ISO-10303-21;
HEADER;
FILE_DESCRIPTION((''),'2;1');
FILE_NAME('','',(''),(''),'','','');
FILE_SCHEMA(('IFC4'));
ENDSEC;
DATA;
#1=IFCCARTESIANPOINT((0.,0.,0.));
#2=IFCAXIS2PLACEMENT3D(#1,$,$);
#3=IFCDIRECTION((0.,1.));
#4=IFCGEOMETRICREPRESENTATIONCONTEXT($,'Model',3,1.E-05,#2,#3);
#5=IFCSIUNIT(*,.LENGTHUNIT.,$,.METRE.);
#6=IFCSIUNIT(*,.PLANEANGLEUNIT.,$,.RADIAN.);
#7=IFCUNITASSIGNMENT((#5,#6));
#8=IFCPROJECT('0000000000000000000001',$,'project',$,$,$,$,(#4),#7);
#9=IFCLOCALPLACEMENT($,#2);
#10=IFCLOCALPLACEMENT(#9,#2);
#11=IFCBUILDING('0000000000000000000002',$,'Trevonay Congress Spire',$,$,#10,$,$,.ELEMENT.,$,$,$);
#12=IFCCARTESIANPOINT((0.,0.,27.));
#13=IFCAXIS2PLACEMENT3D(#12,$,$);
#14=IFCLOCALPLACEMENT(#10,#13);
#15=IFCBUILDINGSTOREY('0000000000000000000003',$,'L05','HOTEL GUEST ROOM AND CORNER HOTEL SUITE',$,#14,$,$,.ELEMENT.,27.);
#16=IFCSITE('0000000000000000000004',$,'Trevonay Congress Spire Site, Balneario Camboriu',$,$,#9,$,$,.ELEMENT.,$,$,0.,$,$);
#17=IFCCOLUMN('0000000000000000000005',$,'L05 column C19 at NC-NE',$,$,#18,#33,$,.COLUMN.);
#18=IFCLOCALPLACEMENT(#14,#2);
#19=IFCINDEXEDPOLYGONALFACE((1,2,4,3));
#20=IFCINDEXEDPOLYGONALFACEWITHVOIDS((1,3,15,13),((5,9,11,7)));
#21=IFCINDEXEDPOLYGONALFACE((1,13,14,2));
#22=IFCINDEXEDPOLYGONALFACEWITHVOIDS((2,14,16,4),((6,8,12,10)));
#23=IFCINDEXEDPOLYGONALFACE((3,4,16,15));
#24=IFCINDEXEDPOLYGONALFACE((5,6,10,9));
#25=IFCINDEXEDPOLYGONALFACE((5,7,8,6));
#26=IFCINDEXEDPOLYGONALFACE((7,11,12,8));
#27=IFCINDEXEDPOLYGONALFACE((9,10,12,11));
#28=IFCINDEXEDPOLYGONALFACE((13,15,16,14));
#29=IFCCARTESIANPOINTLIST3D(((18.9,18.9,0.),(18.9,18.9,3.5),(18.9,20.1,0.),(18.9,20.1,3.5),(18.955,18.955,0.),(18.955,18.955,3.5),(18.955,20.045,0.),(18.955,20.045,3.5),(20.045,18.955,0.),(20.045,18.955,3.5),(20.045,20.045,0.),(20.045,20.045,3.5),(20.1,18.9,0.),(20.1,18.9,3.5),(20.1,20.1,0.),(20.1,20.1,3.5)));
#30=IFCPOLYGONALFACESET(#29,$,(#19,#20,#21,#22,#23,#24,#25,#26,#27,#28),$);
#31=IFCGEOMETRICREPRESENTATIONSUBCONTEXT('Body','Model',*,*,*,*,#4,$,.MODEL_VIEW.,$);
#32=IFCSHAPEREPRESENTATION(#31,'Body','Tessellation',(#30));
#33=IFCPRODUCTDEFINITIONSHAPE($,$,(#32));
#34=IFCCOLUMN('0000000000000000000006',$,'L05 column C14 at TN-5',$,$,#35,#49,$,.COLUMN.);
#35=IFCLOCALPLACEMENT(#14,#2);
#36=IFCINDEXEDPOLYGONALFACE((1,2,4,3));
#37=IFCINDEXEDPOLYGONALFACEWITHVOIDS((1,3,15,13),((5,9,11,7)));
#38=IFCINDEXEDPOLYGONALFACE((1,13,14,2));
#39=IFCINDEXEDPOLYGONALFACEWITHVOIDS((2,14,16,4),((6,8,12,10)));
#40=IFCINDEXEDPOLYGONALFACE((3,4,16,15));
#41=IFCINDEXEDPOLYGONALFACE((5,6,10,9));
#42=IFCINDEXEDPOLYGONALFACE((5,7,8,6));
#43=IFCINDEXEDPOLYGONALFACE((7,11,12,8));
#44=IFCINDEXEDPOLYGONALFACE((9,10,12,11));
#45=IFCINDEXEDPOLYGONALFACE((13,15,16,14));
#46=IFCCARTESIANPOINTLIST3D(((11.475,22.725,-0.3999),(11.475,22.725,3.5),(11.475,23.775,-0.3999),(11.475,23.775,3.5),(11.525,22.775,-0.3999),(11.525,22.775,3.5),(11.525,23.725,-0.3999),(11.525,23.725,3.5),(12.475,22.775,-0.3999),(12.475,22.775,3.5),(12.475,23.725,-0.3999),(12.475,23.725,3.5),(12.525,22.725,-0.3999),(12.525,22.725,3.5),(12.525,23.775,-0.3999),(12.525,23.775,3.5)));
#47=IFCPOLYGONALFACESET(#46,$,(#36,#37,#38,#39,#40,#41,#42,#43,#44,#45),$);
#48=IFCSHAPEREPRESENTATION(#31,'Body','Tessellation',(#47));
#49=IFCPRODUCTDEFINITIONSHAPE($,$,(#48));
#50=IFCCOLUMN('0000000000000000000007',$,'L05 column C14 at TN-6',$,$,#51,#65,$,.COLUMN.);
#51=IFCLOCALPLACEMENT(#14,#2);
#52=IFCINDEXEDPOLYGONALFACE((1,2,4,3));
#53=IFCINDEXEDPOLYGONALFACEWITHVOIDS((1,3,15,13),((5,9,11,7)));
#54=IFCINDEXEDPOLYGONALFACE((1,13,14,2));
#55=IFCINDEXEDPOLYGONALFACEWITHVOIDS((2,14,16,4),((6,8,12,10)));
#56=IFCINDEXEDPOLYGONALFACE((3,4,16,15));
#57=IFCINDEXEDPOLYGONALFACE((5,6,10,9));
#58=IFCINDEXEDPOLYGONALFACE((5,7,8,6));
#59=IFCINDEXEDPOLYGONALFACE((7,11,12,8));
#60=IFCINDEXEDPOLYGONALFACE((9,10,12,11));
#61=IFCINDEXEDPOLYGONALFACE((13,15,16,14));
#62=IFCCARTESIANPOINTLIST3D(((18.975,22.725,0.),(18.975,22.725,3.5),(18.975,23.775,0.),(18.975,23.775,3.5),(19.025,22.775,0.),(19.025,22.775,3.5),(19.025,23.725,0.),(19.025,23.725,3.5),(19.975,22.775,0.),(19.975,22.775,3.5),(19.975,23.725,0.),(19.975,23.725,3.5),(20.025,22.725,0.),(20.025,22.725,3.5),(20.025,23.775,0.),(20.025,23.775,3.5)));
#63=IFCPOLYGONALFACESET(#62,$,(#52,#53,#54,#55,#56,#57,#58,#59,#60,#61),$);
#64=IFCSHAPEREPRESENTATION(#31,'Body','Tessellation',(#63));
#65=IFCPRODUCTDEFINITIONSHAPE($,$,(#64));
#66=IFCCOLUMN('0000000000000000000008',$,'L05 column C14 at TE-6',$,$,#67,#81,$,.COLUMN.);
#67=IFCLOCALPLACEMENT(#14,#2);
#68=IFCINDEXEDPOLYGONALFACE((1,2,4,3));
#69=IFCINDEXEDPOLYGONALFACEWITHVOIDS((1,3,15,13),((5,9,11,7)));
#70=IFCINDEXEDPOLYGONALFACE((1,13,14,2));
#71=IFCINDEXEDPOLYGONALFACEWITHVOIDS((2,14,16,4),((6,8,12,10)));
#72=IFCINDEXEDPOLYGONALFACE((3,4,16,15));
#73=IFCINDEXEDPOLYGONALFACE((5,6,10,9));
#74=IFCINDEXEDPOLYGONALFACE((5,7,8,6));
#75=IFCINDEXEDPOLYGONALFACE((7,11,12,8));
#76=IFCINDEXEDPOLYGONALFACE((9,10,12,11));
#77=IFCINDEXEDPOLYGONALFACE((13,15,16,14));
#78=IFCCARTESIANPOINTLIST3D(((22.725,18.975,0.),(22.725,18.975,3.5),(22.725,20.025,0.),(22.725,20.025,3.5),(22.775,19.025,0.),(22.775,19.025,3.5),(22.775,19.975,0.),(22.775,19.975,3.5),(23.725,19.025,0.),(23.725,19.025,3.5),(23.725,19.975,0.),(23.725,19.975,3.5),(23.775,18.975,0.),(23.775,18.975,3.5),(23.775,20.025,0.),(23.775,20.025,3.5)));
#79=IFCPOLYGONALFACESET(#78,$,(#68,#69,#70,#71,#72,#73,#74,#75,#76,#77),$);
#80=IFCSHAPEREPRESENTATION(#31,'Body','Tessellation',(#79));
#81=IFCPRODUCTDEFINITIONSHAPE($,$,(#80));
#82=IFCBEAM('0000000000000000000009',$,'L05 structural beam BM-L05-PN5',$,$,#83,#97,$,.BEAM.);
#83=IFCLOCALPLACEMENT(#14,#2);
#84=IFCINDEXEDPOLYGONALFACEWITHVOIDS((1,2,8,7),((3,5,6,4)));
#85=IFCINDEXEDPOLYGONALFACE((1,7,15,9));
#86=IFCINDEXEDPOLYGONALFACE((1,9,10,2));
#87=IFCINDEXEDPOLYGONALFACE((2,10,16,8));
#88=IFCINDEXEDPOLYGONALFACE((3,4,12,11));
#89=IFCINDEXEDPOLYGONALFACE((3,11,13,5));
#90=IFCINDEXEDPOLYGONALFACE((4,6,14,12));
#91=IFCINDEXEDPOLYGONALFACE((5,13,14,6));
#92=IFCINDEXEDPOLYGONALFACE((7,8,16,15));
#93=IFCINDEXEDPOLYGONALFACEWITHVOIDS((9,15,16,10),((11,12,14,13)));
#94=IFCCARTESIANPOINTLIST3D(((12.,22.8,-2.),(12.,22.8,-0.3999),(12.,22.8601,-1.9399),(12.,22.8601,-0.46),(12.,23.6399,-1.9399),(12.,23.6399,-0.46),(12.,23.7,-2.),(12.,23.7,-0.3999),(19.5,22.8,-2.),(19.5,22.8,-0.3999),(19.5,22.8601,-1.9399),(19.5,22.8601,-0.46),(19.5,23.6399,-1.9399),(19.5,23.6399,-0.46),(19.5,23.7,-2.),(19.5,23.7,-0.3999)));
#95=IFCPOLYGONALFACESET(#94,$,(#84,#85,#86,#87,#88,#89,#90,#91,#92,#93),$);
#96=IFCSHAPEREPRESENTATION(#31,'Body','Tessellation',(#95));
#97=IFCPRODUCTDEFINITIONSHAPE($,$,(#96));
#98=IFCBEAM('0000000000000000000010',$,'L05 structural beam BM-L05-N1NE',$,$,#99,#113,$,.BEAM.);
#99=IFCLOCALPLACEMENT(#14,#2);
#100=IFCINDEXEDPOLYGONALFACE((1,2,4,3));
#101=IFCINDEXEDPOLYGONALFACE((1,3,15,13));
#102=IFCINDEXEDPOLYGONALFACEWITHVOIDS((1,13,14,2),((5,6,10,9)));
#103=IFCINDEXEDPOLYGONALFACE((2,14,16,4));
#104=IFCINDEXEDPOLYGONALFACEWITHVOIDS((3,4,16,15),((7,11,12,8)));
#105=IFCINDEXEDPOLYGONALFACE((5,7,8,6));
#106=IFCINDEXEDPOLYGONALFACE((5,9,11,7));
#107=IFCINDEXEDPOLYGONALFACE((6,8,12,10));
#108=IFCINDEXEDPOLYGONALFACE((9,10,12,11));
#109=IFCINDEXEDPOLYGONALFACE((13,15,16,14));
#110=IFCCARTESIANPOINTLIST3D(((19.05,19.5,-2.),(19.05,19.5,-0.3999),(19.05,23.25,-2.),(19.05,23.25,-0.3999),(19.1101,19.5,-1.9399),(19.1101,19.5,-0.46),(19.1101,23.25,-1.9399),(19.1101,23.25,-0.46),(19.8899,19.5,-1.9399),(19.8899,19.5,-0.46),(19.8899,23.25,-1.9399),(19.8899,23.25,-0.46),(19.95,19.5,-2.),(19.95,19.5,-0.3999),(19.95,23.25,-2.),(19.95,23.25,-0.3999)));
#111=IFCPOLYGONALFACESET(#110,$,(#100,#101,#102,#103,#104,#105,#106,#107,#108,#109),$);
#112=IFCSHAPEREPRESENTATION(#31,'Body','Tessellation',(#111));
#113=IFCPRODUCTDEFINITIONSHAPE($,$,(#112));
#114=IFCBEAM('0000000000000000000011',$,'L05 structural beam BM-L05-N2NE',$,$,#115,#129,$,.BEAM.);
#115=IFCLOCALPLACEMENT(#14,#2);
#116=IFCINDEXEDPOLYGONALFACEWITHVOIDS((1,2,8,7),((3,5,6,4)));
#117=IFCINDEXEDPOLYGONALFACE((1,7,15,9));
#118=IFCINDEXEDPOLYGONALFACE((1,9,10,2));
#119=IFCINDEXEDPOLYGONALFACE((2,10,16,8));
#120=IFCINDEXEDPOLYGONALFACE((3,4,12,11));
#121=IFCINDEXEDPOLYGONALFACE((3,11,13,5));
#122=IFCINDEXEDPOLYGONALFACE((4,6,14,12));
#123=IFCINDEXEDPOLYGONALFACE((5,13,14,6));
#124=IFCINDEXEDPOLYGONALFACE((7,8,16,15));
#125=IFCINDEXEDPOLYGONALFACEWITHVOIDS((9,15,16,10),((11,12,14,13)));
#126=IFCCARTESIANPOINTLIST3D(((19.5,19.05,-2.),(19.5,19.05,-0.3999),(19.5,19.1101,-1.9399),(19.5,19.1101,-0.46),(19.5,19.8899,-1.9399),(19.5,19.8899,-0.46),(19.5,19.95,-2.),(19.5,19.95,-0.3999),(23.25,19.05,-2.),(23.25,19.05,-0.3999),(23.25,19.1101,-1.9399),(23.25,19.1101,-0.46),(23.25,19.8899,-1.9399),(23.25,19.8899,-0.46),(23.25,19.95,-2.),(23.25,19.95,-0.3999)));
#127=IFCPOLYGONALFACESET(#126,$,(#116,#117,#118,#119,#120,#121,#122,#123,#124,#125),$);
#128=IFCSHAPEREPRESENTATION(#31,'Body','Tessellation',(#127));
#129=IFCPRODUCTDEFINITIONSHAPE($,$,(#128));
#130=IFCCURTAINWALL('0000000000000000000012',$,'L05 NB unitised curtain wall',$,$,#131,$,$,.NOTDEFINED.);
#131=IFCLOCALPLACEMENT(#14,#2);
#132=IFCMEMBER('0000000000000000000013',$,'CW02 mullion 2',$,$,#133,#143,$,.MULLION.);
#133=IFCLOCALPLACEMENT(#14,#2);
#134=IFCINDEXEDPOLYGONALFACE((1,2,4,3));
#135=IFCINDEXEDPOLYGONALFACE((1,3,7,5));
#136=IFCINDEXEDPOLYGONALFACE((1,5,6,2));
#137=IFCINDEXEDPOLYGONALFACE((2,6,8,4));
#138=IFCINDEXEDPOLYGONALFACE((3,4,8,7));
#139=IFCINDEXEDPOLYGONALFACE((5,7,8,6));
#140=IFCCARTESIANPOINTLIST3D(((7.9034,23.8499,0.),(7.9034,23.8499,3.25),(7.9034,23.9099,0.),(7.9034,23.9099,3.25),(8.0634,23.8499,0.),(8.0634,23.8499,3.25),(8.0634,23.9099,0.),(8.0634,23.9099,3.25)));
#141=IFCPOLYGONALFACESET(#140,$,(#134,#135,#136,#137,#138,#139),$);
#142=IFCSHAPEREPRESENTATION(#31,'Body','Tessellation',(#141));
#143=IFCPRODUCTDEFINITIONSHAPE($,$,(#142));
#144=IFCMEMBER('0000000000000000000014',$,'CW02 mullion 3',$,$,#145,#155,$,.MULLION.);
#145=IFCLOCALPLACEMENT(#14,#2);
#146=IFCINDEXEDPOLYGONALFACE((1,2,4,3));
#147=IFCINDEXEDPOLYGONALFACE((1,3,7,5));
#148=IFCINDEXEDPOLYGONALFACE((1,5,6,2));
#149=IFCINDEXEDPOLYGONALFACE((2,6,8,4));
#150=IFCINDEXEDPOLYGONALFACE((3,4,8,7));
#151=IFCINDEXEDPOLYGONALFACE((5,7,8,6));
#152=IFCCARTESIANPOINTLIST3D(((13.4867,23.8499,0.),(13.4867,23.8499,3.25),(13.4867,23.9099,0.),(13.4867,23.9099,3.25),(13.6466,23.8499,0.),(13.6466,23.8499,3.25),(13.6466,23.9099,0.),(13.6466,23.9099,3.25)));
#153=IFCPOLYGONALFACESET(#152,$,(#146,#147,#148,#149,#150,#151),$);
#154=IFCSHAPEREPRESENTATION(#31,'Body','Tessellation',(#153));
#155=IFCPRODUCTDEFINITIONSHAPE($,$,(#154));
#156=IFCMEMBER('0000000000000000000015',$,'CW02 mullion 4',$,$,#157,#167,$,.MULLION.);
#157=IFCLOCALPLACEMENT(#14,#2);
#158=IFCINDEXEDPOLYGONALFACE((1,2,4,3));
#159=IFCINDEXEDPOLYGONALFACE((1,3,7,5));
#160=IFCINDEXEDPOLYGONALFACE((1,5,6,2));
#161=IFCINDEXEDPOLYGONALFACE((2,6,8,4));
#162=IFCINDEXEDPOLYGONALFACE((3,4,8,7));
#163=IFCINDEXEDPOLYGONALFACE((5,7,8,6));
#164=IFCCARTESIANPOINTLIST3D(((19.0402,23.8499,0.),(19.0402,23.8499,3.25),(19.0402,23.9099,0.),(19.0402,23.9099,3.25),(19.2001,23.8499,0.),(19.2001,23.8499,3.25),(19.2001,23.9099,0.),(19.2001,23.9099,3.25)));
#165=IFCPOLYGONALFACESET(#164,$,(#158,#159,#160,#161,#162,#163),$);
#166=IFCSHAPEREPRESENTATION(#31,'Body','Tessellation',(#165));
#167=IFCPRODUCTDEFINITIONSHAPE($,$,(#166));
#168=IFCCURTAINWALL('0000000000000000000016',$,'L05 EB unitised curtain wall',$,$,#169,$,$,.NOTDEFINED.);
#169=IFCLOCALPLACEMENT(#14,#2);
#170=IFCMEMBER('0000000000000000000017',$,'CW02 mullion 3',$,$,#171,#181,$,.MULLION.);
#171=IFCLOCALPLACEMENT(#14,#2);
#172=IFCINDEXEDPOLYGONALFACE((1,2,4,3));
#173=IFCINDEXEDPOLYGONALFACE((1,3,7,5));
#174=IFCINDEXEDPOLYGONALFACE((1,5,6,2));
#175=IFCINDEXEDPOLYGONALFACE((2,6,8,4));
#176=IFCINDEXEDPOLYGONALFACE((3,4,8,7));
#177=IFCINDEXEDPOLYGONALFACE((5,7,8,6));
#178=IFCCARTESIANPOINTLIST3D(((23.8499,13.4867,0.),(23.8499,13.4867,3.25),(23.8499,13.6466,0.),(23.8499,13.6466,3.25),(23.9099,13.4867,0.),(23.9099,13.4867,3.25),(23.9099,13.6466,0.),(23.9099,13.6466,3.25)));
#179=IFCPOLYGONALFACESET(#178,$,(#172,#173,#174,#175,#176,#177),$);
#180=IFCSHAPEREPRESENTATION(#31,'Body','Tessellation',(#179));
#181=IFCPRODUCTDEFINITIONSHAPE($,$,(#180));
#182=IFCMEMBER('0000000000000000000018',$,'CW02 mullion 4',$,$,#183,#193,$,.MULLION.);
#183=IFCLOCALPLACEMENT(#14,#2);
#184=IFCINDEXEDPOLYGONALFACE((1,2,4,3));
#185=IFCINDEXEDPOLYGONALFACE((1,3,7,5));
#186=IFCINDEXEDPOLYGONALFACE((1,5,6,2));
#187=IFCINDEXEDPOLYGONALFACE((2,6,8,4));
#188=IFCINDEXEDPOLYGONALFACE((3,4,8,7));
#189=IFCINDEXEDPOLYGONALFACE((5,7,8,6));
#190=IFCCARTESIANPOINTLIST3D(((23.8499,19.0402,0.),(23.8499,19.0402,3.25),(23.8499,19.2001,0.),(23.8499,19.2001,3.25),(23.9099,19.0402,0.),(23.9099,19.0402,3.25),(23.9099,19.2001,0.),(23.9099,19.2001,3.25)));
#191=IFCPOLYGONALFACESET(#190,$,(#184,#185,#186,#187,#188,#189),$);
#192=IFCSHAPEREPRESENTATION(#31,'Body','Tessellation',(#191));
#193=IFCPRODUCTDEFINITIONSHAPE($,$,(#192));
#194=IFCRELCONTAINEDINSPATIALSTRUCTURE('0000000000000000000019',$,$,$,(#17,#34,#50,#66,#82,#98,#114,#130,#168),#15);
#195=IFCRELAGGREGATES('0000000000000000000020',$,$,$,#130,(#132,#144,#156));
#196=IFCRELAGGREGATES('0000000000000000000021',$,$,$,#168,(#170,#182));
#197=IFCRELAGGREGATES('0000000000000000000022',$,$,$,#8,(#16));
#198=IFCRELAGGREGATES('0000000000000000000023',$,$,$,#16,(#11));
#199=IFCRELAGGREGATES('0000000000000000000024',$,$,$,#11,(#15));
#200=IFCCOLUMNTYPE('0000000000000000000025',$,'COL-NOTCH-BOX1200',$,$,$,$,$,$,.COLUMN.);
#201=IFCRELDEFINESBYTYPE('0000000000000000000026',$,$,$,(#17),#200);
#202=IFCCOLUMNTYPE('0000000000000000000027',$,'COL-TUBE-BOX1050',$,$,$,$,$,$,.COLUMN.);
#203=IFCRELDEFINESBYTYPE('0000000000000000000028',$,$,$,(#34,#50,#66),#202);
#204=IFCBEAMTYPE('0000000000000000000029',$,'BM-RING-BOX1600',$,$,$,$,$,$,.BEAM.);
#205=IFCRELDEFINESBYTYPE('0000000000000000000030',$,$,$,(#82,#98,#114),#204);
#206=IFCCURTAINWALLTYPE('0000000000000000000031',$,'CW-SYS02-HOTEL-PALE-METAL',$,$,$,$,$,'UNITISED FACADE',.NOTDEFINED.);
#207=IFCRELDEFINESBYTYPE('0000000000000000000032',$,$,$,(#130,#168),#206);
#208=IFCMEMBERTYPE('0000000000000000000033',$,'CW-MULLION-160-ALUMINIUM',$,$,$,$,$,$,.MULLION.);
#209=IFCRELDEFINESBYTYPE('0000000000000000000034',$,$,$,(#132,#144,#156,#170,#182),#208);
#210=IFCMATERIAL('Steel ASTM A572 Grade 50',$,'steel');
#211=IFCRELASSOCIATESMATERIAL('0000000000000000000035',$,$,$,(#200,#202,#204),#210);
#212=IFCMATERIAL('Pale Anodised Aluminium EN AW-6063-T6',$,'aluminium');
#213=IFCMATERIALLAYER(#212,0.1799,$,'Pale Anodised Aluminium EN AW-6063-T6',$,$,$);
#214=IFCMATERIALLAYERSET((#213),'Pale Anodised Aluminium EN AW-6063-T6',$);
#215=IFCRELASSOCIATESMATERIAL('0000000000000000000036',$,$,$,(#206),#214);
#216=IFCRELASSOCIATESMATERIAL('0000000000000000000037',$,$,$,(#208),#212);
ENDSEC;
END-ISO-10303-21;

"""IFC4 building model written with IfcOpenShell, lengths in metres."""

from ifc_helpers import new_model, si_unit, direction, frame, origin, origin_2d, place, context, subcontext, project, spatial, rectangle, hollow_rectangle, extrude, material, layer, layer_set, material_profile, profile_set, type_object, element, aggregate, save


model = new_model("IFC4")

# Units and contexts
model_context = context("Model", 3, precision=1e-05, world=origin(), true_north=direction((0.0, 1.0)))
body_context = subcontext(model_context, "Body", "Model", "MODEL_VIEW")
ifc_project = project(units=[si_unit("LENGTHUNIT", "METRE"), si_unit("PLANEANGLEUNIT", "RADIAN")], contexts=[model_context])

# Site, building, storey
site_placement = place(None, origin())
site = spatial("IfcSite", under=ifc_project, at=site_placement, Name="Trevonay Congress Spire Site, Balneario Camboriu", CompositionType="ELEMENT", RefElevation=0.0)
building_placement = place(site_placement, origin())
building = spatial("IfcBuilding", under=site, at=building_placement, Name="Trevonay Congress Spire", CompositionType="ELEMENT")
storey_placement = place(building_placement, frame((0.0, 0.0, 27.0)))
storey = spatial("IfcBuildingStorey", under=building, at=storey_placement, Name="L05", Description="HOTEL GUEST ROOM AND CORNER HOTEL SUITE", CompositionType="ELEMENT", Elevation=27.0)

# Columns
ifc_material_1 = material(Name="Steel ASTM A572 Grade 50", Category="steel")
ifc_material_profile_1 = material_profile(ifc_material_1, hollow_rectangle(XDim=1.2, YDim=1.2, WallThickness=0.0549, at=origin_2d()), Name="BOX 1200x1200x55")
ifc_profile_set_1 = profile_set([ifc_material_profile_1], Name="Steel ASTM A572 Grade 50")
column_type_1 = type_object("IfcColumnType", Name="COL-NOTCH-BOX1200", PredefinedType="COLUMN", material=ifc_profile_set_1)
column_1_placement = place(storey_placement, frame((19.5, 19.5, 0.0), z_axis=(0.0, 0.0, 1.0), x_axis=(1.0, 0.0, 0.0)))
element("IfcColumn", 1, at=column_1_placement, inside=storey, type_object=column_type_1, Name="L05 column C19 at NC-NE", PredefinedType="COLUMN", context=body_context, shape_type="SweptSolid", body=[
    extrude(hollow_rectangle(XDim=1.2, YDim=1.2, WallThickness=0.0549, at=origin_2d()), origin(), (0.0, 0.0, 1.0), 3.5),
])
ifc_material_profile_2 = material_profile(ifc_material_1, hollow_rectangle(XDim=1.05, YDim=1.05, WallThickness=0.05, at=origin_2d()), Name="BOX 1050x1050x50")
ifc_profile_set_2 = profile_set([ifc_material_profile_2], Name="Steel ASTM A572 Grade 50")
column_type_2 = type_object("IfcColumnType", Name="COL-TUBE-BOX1050", PredefinedType="COLUMN", material=ifc_profile_set_2)
column_2_placement = place(storey_placement, frame((12.0, 23.25, -0.3999), z_axis=(0.0, 0.0, 1.0), x_axis=(1.0, 0.0, 0.0)))
element("IfcColumn", 2, at=column_2_placement, inside=storey, type_object=column_type_2, Name="L05 column C14 at TN-5", PredefinedType="COLUMN", context=body_context, shape_type="SweptSolid", body=[
    extrude(hollow_rectangle(XDim=1.05, YDim=1.05, WallThickness=0.05, at=origin_2d()), origin(), (0.0, 0.0, 1.0), 3.8999),
])
for number, where, z_axis, x_axis, name in (
    (3, (19.5, 23.25, 0.0), (0.0, 0.0, 1.0), (1.0, 0.0, 0.0), "L05 column C14 at TN-6"),
    (4, (23.25, 19.5, 0.0), (0.0, 0.0, 1.0), (1.0, 0.0, 0.0), "L05 column C14 at TE-6"),
):
    element("IfcColumn", number, at=place(storey_placement, frame(where, z_axis=z_axis, x_axis=x_axis)), inside=storey, type_object=column_type_2, Name=name, PredefinedType="COLUMN", context=body_context, shape_type="SweptSolid", body=[
        extrude(hollow_rectangle(XDim=1.05, YDim=1.05, WallThickness=0.05, at=origin_2d()), origin(), (0.0, 0.0, 1.0), 3.5),
    ])

# Beams
ifc_material_profile_3 = material_profile(ifc_material_1, hollow_rectangle(XDim=0.8999, YDim=1.6001, WallThickness=0.0601, at=origin_2d()), Name="BOX 1600x900x60")
ifc_profile_set_3 = profile_set([ifc_material_profile_3], Name="Steel ASTM A572 Grade 50")
beam_type = type_object("IfcBeamType", Name="BM-RING-BOX1600", PredefinedType="BEAM", material=ifc_profile_set_3)
beam_placement = place(storey_placement, frame((12.0, 23.25, -1.2), z_axis=(1.0, 0.0, 0.0), x_axis=(0.0, 1.0, 0.0)))
element("IfcBeam", 5, at=beam_placement, inside=storey, type_object=beam_type, Name="L05 structural beam BM-L05-PN5", PredefinedType="BEAM", context=body_context, shape_type="SweptSolid", body=[
    extrude(hollow_rectangle(XDim=0.8999, YDim=1.6001, WallThickness=0.0601, at=origin_2d()), origin(), (0.0, 0.0, 1.0), 7.5),
])
for number, where, z_axis, x_axis, name in (
    (6, (19.5, 23.25, -1.2), (0.0, -1.0, 0.0), (1.0, 0.0, 0.0), "L05 structural beam BM-L05-N1NE"),
    (7, (23.25, 19.5, -1.2), (-1.0, 0.0, 0.0), (0.0, -1.0, 0.0), "L05 structural beam BM-L05-N2NE"),
):
    element("IfcBeam", number, at=place(storey_placement, frame(where, z_axis=z_axis, x_axis=x_axis)), inside=storey, type_object=beam_type, Name=name, PredefinedType="BEAM", context=body_context, shape_type="SweptSolid", body=[
        extrude(hollow_rectangle(XDim=0.8999, YDim=1.6001, WallThickness=0.0601, at=origin_2d()), origin(), (0.0, 0.0, 1.0), 3.75),
    ])

# Curtain walls, members
ifc_material_2 = material(Name="Pale Anodised Aluminium EN AW-6063-T6", Category="aluminium")
ifc_layer_1 = layer(ifc_material_2, 0.1799, Name="Pale Anodised Aluminium EN AW-6063-T6")
ifc_layer_set_1 = layer_set([ifc_layer_1], Name="Pale Anodised Aluminium EN AW-6063-T6")
curtain_wall_type = type_object("IfcCurtainWallType", Name="CW-SYS02-HOTEL-PALE-METAL", ElementType="UNITISED FACADE", PredefinedType="NOTDEFINED", material=ifc_layer_set_1)
curtain_wall_1_placement = place(storey_placement, origin())
curtain_wall_1 = element("IfcCurtainWall", 8, at=curtain_wall_1_placement, inside=storey, type_object=curtain_wall_type, Name="L05 NB unitised curtain wall", PredefinedType="NOTDEFINED")
ifc_material_profile_4 = material_profile(ifc_material_2, rectangle(XDim=0.0601, YDim=0.1599, at=origin_2d()), Name="CW-MULLION-160-ALUMINIUM")
ifc_profile_set_4 = profile_set([ifc_material_profile_4], Name="Pale Anodised Aluminium EN AW-6063-T6")
member_type_1 = type_object("IfcMemberType", Name="CW-MULLION-160-ALUMINIUM", PredefinedType="MULLION", material=ifc_profile_set_4)
member_1_placement = place(storey_placement, frame((7.9834, 23.8799, 0.0), z_axis=(0.0, 0.0, 1.0), x_axis=(0.0, 1.0, 0.0)))
member_1 = element("IfcMember", 9, at=member_1_placement, type_object=member_type_1, Name="CW02 mullion 2", PredefinedType="MULLION", context=body_context, shape_type="SweptSolid", body=[
    extrude(rectangle(XDim=0.0601, YDim=0.1599, at=origin_2d()), origin(), (0.0, 0.0, 1.0), 3.25),
])
member_2_placement = place(storey_placement, frame((13.5667, 23.8799, 0.0), z_axis=(0.0, 0.0, 1.0), x_axis=(0.0, 1.0, 0.0)))
member_2 = element("IfcMember", 10, at=member_2_placement, type_object=member_type_1, Name="CW02 mullion 3", PredefinedType="MULLION", context=body_context, shape_type="SweptSolid", body=[
    extrude(rectangle(XDim=0.0601, YDim=0.1599, at=origin_2d()), origin(), (0.0, 0.0, 1.0), 3.25),
])
member_3_placement = place(storey_placement, frame((19.1201, 23.8799, 0.0), z_axis=(0.0, 0.0, 1.0), x_axis=(0.0, 1.0, 0.0)))
member_3 = element("IfcMember", 11, at=member_3_placement, type_object=member_type_1, Name="CW02 mullion 4", PredefinedType="MULLION", context=body_context, shape_type="SweptSolid", body=[
    extrude(rectangle(XDim=0.0601, YDim=0.1599, at=origin_2d()), origin(), (0.0, 0.0, 1.0), 3.25),
])
curtain_wall_2_placement = place(storey_placement, origin())
curtain_wall_2 = element("IfcCurtainWall", 12, at=curtain_wall_2_placement, inside=storey, type_object=curtain_wall_type, Name="L05 EB unitised curtain wall", PredefinedType="NOTDEFINED")
member_4_placement = place(storey_placement, frame((23.8799, 13.5667, 0.0), z_axis=(0.0, 0.0, 1.0), x_axis=(-1.0, 0.0, 0.0)))
member_4 = element("IfcMember", 13, at=member_4_placement, type_object=member_type_1, Name="CW02 mullion 3", PredefinedType="MULLION", context=body_context, shape_type="SweptSolid", body=[
    extrude(rectangle(XDim=0.0601, YDim=0.1599, at=origin_2d()), origin(), (0.0, 0.0, 1.0), 3.25),
])
member_5_placement = place(storey_placement, frame((23.8799, 19.1201, 0.0), z_axis=(0.0, 0.0, 1.0), x_axis=(-1.0, 0.0, 0.0)))
member_5 = element("IfcMember", 14, at=member_5_placement, type_object=member_type_1, Name="CW02 mullion 4", PredefinedType="MULLION", context=body_context, shape_type="SweptSolid", body=[
    extrude(rectangle(XDim=0.0601, YDim=0.1599, at=origin_2d()), origin(), (0.0, 0.0, 1.0), 3.25),
])

aggregate(curtain_wall_1, [member_1, member_2, member_3])
aggregate(curtain_wall_2, [member_4, member_5])

save(model, "model.ifc")
